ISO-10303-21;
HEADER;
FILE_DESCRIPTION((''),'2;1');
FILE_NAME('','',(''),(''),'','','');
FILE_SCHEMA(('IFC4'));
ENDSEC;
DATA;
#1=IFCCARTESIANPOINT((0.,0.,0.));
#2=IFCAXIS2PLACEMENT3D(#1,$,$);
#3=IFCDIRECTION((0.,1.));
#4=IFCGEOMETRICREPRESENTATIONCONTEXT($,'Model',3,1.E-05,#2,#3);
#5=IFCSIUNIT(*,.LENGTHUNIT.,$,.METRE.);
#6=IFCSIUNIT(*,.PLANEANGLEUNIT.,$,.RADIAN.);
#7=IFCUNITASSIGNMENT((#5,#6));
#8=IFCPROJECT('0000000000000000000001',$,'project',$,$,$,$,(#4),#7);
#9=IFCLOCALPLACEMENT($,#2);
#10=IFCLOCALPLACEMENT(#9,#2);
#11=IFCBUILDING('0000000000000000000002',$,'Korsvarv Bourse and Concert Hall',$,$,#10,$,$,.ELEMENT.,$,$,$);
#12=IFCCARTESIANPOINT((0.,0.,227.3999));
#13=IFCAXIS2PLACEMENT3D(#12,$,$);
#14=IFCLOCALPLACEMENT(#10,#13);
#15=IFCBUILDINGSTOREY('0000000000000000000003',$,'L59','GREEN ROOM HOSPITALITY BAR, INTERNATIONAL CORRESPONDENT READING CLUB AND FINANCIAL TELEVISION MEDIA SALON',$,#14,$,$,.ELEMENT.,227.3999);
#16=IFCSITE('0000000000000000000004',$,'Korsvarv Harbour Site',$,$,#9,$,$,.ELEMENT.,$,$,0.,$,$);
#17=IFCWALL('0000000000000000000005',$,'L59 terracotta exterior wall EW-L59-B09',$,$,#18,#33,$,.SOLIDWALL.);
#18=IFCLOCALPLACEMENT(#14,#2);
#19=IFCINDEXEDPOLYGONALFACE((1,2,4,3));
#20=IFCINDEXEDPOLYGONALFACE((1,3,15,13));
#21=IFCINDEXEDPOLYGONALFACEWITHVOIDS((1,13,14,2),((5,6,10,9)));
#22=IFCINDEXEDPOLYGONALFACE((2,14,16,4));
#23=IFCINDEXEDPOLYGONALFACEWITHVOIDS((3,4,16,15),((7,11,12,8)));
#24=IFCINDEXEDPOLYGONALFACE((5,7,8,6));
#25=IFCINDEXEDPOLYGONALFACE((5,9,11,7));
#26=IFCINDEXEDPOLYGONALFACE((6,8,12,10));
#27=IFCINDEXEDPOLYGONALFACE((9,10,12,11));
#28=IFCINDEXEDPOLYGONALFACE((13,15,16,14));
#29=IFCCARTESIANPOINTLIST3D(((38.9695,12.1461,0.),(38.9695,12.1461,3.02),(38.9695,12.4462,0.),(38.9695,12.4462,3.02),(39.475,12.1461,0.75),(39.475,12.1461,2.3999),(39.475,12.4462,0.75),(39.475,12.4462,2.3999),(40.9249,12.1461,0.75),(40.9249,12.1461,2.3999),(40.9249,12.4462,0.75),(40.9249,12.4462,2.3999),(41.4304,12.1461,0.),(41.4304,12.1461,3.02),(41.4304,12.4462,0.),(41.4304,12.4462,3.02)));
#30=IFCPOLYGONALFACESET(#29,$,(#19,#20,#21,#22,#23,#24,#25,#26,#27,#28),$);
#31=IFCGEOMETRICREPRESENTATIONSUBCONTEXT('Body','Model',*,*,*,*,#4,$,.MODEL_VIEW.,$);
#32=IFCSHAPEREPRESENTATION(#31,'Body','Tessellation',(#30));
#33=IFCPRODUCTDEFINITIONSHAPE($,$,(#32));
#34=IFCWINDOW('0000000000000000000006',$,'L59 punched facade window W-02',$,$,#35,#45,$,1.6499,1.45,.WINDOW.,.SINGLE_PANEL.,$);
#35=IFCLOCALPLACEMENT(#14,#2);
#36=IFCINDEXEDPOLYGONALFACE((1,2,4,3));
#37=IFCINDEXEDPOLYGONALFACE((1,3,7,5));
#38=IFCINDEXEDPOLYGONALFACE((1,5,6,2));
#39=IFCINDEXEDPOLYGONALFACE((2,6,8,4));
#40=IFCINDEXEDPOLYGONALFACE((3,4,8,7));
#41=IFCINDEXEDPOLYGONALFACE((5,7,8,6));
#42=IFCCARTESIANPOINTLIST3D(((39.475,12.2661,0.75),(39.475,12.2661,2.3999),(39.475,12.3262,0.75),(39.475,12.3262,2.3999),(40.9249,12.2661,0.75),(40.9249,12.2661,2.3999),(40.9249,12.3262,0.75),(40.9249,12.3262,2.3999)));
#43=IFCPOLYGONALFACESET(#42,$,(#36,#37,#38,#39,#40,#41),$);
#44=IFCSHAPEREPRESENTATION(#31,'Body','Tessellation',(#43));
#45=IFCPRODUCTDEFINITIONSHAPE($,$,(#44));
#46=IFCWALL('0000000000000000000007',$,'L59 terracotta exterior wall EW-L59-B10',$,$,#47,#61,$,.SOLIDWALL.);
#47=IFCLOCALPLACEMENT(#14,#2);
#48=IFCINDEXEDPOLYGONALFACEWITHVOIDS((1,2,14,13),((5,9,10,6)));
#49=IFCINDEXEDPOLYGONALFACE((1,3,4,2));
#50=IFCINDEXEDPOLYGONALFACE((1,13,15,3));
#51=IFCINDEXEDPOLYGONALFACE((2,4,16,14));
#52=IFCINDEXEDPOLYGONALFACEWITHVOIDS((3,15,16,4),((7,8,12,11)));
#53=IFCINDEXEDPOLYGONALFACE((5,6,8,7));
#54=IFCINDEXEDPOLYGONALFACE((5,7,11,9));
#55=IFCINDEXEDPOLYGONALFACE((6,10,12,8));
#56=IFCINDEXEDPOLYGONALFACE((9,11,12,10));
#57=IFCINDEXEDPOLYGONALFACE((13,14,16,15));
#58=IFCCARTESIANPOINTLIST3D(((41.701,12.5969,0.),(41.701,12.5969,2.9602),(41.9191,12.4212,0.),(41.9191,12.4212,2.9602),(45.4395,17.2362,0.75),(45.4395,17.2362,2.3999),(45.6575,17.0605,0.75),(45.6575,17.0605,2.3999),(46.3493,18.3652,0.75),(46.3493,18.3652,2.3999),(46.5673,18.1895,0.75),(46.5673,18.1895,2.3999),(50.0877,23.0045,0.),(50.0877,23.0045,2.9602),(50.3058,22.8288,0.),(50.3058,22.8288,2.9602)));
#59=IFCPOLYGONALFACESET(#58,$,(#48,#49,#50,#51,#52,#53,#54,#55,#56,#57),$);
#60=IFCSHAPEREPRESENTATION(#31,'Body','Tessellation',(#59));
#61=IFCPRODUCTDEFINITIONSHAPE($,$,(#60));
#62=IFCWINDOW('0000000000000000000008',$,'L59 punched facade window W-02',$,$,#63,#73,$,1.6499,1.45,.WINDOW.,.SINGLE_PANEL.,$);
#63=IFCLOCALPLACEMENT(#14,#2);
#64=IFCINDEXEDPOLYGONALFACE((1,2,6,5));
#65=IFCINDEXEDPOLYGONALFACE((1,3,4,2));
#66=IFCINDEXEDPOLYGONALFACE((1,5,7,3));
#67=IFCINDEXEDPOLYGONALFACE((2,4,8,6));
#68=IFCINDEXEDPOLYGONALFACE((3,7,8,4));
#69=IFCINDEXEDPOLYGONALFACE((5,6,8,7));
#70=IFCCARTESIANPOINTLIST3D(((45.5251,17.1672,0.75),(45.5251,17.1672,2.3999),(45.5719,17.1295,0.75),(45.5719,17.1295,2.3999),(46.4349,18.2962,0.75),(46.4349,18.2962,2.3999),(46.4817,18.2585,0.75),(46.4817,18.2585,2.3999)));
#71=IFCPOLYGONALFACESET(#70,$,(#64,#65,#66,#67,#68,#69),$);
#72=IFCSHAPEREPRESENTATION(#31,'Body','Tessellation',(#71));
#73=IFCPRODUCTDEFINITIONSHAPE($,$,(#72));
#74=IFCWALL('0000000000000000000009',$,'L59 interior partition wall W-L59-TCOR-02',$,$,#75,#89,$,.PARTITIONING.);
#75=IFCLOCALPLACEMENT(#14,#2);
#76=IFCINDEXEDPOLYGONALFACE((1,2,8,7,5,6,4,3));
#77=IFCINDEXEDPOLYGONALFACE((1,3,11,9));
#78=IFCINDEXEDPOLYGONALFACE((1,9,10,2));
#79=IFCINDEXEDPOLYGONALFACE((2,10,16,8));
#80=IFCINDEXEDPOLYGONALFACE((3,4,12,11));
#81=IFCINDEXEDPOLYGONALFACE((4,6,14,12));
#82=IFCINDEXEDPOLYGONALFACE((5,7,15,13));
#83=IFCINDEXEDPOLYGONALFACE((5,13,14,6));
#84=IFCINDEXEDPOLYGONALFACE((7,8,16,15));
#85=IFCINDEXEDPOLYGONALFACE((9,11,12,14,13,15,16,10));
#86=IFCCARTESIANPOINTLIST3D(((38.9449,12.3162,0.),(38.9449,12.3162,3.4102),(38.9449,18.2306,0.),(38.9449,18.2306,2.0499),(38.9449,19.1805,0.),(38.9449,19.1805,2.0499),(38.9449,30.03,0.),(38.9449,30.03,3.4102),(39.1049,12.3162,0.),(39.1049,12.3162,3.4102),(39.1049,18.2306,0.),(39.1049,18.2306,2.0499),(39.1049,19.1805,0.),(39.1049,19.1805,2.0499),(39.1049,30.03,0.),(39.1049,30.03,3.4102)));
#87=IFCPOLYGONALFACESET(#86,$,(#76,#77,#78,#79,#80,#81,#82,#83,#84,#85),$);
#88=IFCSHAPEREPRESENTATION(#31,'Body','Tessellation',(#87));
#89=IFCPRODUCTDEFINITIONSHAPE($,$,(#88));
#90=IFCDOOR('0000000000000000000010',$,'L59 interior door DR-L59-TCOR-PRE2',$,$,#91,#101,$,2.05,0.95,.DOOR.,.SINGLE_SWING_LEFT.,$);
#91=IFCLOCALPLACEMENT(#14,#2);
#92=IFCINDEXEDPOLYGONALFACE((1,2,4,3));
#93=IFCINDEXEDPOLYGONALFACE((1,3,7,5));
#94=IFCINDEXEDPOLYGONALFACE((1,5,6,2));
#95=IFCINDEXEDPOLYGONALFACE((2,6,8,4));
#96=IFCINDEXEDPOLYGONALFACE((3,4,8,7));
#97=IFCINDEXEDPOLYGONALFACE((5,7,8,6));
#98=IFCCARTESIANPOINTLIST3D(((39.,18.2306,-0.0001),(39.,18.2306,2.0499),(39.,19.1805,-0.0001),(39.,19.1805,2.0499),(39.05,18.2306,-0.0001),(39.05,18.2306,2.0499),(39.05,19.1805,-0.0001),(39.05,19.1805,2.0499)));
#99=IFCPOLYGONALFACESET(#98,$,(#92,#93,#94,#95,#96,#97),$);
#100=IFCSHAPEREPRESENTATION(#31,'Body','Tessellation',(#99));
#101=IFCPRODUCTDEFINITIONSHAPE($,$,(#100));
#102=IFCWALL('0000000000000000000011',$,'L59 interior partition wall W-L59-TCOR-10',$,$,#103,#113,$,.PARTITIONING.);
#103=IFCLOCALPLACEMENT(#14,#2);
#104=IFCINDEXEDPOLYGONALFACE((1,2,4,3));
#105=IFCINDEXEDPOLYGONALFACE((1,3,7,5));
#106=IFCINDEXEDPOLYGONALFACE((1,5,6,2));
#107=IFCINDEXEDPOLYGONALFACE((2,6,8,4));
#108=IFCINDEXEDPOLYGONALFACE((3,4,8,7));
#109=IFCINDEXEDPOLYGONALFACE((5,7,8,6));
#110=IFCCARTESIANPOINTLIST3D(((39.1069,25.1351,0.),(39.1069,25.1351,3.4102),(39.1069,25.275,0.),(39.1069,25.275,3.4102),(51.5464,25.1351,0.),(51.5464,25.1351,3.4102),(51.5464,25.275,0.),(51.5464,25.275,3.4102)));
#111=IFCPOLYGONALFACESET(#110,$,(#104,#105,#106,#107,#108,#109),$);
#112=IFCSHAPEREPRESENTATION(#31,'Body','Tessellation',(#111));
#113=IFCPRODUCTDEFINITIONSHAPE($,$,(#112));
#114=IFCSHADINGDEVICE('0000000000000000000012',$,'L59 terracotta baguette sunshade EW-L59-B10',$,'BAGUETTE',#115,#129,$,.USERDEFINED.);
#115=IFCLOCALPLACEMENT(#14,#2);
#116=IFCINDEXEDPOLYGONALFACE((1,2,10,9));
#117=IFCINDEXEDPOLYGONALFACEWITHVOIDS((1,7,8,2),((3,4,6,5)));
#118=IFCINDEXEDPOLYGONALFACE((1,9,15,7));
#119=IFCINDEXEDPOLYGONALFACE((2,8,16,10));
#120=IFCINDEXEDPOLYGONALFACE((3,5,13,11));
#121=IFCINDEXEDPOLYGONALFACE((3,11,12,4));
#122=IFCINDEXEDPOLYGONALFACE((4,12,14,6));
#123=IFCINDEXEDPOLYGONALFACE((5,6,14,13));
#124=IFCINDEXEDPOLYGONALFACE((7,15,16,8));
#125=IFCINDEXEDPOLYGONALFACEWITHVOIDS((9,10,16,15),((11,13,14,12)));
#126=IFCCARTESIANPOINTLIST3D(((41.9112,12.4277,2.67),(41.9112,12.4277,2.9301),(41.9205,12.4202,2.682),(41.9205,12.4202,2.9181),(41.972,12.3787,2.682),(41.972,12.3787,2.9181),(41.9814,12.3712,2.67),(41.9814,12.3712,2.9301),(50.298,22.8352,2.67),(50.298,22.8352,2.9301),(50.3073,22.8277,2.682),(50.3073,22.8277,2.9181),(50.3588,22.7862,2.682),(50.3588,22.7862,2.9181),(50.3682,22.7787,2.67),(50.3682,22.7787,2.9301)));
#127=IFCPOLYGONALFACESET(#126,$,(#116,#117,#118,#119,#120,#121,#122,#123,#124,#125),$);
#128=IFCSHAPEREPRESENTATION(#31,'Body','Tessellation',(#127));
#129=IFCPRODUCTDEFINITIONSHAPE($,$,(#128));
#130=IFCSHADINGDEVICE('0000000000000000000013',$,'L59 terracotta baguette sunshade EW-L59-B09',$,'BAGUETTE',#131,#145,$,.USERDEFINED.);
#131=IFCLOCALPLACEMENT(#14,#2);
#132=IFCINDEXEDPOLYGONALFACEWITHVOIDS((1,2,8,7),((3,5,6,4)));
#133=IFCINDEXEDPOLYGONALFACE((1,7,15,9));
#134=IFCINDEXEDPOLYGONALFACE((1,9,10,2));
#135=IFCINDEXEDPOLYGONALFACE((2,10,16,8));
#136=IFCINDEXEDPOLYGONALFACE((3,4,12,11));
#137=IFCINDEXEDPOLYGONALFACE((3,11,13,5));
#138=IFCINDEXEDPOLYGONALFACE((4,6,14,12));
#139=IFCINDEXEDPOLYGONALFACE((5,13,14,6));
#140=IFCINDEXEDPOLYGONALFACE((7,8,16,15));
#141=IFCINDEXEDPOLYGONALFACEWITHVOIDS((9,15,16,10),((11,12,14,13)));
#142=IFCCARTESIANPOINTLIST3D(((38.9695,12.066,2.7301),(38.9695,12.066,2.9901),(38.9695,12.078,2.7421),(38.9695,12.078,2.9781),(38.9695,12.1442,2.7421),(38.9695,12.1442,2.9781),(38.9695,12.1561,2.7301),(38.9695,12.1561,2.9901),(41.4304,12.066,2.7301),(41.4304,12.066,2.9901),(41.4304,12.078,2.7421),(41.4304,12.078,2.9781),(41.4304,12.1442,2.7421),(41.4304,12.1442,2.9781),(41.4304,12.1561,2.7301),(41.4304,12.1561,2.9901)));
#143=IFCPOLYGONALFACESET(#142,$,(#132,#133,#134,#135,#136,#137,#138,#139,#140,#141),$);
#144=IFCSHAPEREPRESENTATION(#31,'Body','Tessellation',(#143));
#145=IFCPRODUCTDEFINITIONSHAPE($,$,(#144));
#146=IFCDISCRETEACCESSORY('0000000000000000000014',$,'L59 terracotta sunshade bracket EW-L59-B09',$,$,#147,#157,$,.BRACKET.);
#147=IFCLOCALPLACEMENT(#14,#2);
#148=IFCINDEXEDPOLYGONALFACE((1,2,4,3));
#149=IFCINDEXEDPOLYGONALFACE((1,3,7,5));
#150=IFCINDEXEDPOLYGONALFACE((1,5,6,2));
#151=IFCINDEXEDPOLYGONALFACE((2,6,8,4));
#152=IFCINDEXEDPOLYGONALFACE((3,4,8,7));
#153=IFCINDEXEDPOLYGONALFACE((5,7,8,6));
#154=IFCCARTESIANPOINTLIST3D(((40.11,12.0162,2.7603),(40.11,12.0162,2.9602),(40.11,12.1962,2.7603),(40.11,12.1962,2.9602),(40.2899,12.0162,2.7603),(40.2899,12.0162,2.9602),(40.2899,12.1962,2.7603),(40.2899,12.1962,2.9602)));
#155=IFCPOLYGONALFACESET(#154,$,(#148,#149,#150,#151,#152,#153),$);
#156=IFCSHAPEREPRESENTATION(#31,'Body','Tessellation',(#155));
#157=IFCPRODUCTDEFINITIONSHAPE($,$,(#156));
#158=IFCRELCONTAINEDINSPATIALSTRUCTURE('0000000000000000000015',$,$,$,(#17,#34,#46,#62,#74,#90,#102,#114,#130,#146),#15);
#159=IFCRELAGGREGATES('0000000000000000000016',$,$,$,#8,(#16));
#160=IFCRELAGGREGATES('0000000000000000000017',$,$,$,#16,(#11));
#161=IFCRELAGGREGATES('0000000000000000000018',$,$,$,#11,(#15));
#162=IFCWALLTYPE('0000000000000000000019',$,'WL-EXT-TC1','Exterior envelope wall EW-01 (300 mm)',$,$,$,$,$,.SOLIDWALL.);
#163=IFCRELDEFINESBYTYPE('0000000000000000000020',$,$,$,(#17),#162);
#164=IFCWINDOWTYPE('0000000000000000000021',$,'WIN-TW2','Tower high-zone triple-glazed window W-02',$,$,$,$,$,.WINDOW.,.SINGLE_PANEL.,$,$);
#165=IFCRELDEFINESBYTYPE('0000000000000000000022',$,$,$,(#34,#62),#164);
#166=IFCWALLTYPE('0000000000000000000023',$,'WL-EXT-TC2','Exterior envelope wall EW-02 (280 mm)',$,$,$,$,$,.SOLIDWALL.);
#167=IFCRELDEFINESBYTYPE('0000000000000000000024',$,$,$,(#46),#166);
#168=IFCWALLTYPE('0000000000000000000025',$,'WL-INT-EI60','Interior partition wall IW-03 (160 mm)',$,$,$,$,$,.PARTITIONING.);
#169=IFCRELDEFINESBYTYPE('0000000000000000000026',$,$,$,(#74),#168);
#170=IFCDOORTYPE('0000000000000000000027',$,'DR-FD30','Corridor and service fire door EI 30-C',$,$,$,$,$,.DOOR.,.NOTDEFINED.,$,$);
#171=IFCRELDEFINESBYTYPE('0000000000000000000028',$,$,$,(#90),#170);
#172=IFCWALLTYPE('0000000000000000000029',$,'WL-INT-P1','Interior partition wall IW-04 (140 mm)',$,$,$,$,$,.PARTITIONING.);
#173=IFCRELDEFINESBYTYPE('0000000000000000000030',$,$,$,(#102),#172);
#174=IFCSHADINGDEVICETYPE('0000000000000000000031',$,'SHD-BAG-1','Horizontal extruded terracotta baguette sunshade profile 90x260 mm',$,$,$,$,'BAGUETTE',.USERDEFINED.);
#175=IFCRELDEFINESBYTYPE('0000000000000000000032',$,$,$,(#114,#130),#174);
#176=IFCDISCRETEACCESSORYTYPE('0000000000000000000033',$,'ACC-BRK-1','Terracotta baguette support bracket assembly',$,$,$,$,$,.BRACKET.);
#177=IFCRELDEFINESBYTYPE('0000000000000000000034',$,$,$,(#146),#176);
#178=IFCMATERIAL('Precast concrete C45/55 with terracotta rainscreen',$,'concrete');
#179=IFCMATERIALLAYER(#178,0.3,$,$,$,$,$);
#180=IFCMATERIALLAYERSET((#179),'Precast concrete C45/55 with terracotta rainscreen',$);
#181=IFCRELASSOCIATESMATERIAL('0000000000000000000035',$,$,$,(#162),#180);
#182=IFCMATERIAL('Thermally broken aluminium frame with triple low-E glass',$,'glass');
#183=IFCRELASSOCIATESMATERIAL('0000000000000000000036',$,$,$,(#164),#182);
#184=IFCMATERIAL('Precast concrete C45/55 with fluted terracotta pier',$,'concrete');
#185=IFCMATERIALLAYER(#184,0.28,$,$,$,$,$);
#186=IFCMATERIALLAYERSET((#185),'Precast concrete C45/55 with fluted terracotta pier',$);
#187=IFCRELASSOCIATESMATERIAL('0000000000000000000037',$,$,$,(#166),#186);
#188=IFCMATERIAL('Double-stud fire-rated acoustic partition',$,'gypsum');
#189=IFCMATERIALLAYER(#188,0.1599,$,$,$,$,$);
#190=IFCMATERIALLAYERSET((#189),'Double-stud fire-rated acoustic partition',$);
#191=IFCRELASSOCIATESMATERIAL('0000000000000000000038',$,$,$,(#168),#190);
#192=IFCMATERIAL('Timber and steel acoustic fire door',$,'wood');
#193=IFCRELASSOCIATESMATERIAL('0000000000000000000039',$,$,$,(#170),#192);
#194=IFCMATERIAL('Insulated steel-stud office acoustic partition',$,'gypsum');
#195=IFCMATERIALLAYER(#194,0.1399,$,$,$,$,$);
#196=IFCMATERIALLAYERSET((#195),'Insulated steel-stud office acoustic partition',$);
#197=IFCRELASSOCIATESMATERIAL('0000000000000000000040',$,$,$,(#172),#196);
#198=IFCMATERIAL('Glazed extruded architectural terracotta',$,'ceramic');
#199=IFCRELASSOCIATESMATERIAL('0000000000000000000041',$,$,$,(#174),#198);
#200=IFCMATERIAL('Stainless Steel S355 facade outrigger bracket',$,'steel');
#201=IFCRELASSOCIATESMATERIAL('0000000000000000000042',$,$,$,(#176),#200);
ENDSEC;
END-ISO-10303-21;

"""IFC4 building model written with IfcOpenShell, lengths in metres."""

from ifc_helpers import new_model, si_unit, direction, frame, frame_2d, origin, origin_2d, place, context, subcontext, project, spatial, rectangle, hollow_rectangle, extrude, source, transform, mapped, material, layer, layer_set, material_profile, profile_set, type_object, element, fill, save


model = new_model("IFC4")

# Units and contexts
model_context = context("Model", 3, precision=1e-05, world=origin(), true_north=direction((0.0, 1.0)))
body_context = subcontext(model_context, "Body", "Model", "MODEL_VIEW")
ifc_project = project(units=[si_unit("LENGTHUNIT", "METRE"), si_unit("PLANEANGLEUNIT", "RADIAN")], contexts=[model_context])

# Site, building, storey
site_placement = place(None, origin())
site = spatial("IfcSite", under=ifc_project, at=site_placement, Name="Korsvarv Harbour Site", CompositionType="ELEMENT", RefElevation=0.0)
building_placement = place(site_placement, origin())
building = spatial("IfcBuilding", under=site, at=building_placement, Name="Korsvarv Bourse and Concert Hall", CompositionType="ELEMENT")
storey_placement = place(building_placement, frame((0.0, 0.0, 227.3999)))
storey = spatial("IfcBuildingStorey", under=building, at=storey_placement, Name="L59", Description="GREEN ROOM HOSPITALITY BAR, INTERNATIONAL CORRESPONDENT READING CLUB AND FINANCIAL TELEVISION MEDIA SALON", CompositionType="ELEMENT", Elevation=227.3999)

# Walls, openings, windows
ifc_material_1 = material(Name="Precast concrete C45/55 with terracotta rainscreen", Category="concrete")
ifc_layer_1 = layer(ifc_material_1, 0.3)
ifc_layer_set_1 = layer_set([ifc_layer_1], Name="Precast concrete C45/55 with terracotta rainscreen")
wall_type_1 = type_object("IfcWallType", Name="WL-EXT-TC1", Description="Exterior envelope wall EW-01 (300 mm)", PredefinedType="SOLIDWALL", material=ifc_layer_set_1)
wall_1_placement = place(storey_placement, frame((38.9695, 12.2961, 0.0), z_axis=(0.0, 0.0, 1.0), x_axis=(1.0, 0.0, 0.0)))
wall_1 = element("IfcWall", 1, at=wall_1_placement, inside=storey, type_object=wall_type_1, Name="L59 terracotta exterior wall EW-L59-B09", PredefinedType="SOLIDWALL", context=body_context, shape_type="SweptSolid", body=[
    extrude(rectangle(XDim=2.4609, YDim=0.3, at=frame_2d((1.2305, 0.0))), origin(), (0.0, 0.0, 1.0), 3.02),
])
opening_1_placement = place(wall_1_placement, frame((0.5054, 0.0, 0.75)))
opening_1 = element("IfcOpeningElement", 2, at=opening_1_placement, cuts=wall_1, PredefinedType="OPENING", context=body_context, shape_type="SweptSolid", body=[
    extrude(rectangle(XDim=1.45, YDim=1.6499, at=frame_2d((0.7251, 0.825))), frame((0.0, 0.1602, 0.0), z_axis=(0.0, -1.0, 0.0), x_axis=(1.0, 0.0, 0.0)), (0.0, 0.0, 1.0), 0.3201),
])
ifc_material_2 = material(Name="Thermally broken aluminium frame with triple low-E glass", Category="glass")
window_type = type_object("IfcWindowType", Name="WIN-TW2", Description="Tower high-zone triple-glazed window W-02", PartitioningType="SINGLE_PANEL", PredefinedType="WINDOW", material=ifc_material_2)
window_1_placement = place(opening_1_placement, origin())
window_1 = element("IfcWindow", 3, at=window_1_placement, inside=storey, type_object=window_type, Name="L59 punched facade window W-02", OverallHeight=1.6499, OverallWidth=1.45, PartitioningType="SINGLE_PANEL", PredefinedType="WINDOW", context=body_context, shape_type="SweptSolid", body=[
    extrude(rectangle(XDim=1.45, YDim=1.6499, at=frame_2d((0.7251, 0.825))), frame((0.0, 0.03, 0.0), z_axis=(0.0, -1.0, 0.0), x_axis=(1.0, 0.0, 0.0)), (0.0, 0.0, 1.0), 0.0601),
])
fill(opening_1, window_1)
ifc_material_3 = material(Name="Precast concrete C45/55 with fluted terracotta pier", Category="concrete")
ifc_layer_2 = layer(ifc_material_3, 0.28)
ifc_layer_set_2 = layer_set([ifc_layer_2], Name="Precast concrete C45/55 with fluted terracotta pier")
wall_type_2 = type_object("IfcWallType", Name="WL-EXT-TC2", Description="Exterior envelope wall EW-02 (280 mm)", PredefinedType="SOLIDWALL", material=ifc_layer_set_2)
wall_2_placement = place(storey_placement, frame((41.8101, 12.509, 0.0), z_axis=(0.0, 0.0, 1.0), x_axis=(0.627453, 0.778654, 0.0)))
wall_2 = element("IfcWall", 4, at=wall_2_placement, inside=storey, type_object=wall_type_2, Name="L59 terracotta exterior wall EW-L59-B10", PredefinedType="SOLIDWALL", context=body_context, shape_type="SweptSolid", body=[
    extrude(rectangle(XDim=13.3662, YDim=0.28, at=frame_2d((6.6831, 0.0))), origin(), (0.0, 0.0, 1.0), 2.9602),
])
opening_2_placement = place(wall_2_placement, frame((5.958, 0.0, 0.75)))
opening_2 = element("IfcOpeningElement", 5, at=opening_2_placement, cuts=wall_2, PredefinedType="OPENING", context=body_context, shape_type="SweptSolid", body=[
    extrude(rectangle(XDim=1.45, YDim=1.6499, at=frame_2d((0.7251, 0.825))), frame((0.0, 0.1499, 0.0), z_axis=(0.0, -1.0, 0.0), x_axis=(1.0, 0.0, 0.0)), (0.0, 0.0, 1.0), 0.3),
])
window_2_placement = place(opening_2_placement, origin())
window_2 = element("IfcWindow", 6, at=window_2_placement, inside=storey, type_object=window_type, Name="L59 punched facade window W-02", OverallHeight=1.6499, OverallWidth=1.45, PartitioningType="SINGLE_PANEL", PredefinedType="WINDOW", context=body_context, shape_type="SweptSolid", body=[
    extrude(rectangle(XDim=1.45, YDim=1.6499, at=frame_2d((0.7251, 0.825))), frame((0.0, 0.03, 0.0), z_axis=(0.0, -1.0, 0.0), x_axis=(1.0, 0.0, 0.0)), (0.0, 0.0, 1.0), 0.0601),
])
fill(opening_2, window_2)

# Wall, opening, door
ifc_material_4 = material(Name="Double-stud fire-rated acoustic partition", Category="gypsum")
ifc_layer_3 = layer(ifc_material_4, 0.1599)
ifc_layer_set_3 = layer_set([ifc_layer_3], Name="Double-stud fire-rated acoustic partition")
wall_type_3 = type_object("IfcWallType", Name="WL-INT-EI60", Description="Interior partition wall IW-03 (160 mm)", PredefinedType="PARTITIONING", material=ifc_layer_set_3)
wall_3_placement = place(storey_placement, frame((39.0249, 12.3162, 0.0), z_axis=(0.0, 0.0, 1.0), x_axis=(0.0, 1.0, 0.0)))
wall_3 = element("IfcWall", 7, at=wall_3_placement, inside=storey, type_object=wall_type_3, Name="L59 interior partition wall W-L59-TCOR-02", PredefinedType="PARTITIONING", context=body_context, shape_type="SweptSolid", body=[
    extrude(rectangle(XDim=17.7139, YDim=0.1599, at=frame_2d((8.8569, 0.0))), origin(), (0.0, 0.0, 1.0), 3.4102),
])
opening_3_placement = place(wall_3_placement, frame((5.9143, 0.0, 0.0)))
opening_3 = element("IfcOpeningElement", 8, at=opening_3_placement, cuts=wall_3, PredefinedType="OPENING", context=body_context, shape_type="SweptSolid", body=[
    extrude(rectangle(XDim=0.95, YDim=2.05, at=frame_2d((0.4751, 1.0249))), frame((0.0, 0.0898, 0.0), z_axis=(0.0, -1.0, 0.0), x_axis=(1.0, 0.0, 0.0)), (0.0, 0.0, 1.0), 0.1799),
])
ifc_material_5 = material(Name="Timber and steel acoustic fire door", Category="wood")
door_type = type_object("IfcDoorType", Name="DR-FD30", Description="Corridor and service fire door EI 30-C", OperationType="NOTDEFINED", PredefinedType="DOOR", material=ifc_material_5)
door_placement = place(opening_3_placement, origin())
door = element("IfcDoor", 9, at=door_placement, inside=storey, type_object=door_type, Name="L59 interior door DR-L59-TCOR-PRE2", OperationType="SINGLE_SWING_LEFT", OverallHeight=2.05, OverallWidth=0.95, PredefinedType="DOOR", context=body_context, shape_type="SweptSolid", body=[
    extrude(rectangle(XDim=0.95, YDim=2.05, at=frame_2d((0.4751, 1.0249))), frame((0.0, 0.0249, 0.0), z_axis=(0.0, -1.0, 0.0), x_axis=(1.0, 0.0, 0.0)), (0.0, 0.0, 1.0), 0.05),
])
fill(opening_3, door)

# Wall
ifc_material_6 = material(Name="Insulated steel-stud office acoustic partition", Category="gypsum")
ifc_layer_4 = layer(ifc_material_6, 0.1399)
ifc_layer_set_4 = layer_set([ifc_layer_4], Name="Insulated steel-stud office acoustic partition")
wall_type_4 = type_object("IfcWallType", Name="WL-INT-P1", Description="Interior partition wall IW-04 (140 mm)", PredefinedType="PARTITIONING", material=ifc_layer_set_4)
wall_4_placement = place(storey_placement, frame((39.1069, 25.2051, 0.0), z_axis=(0.0, 0.0, 1.0), x_axis=(1.0, 0.0, 0.0)))
element("IfcWall", 10, at=wall_4_placement, inside=storey, type_object=wall_type_4, Name="L59 interior partition wall W-L59-TCOR-10", PredefinedType="PARTITIONING", context=body_context, shape_type="SweptSolid", body=[
    extrude(rectangle(XDim=12.4395, YDim=0.1399, at=frame_2d((6.2197, 0.0))), origin(), (0.0, 0.0, 1.0), 3.4102),
])

# Shading devices
ifc_material_7 = material(Name="Glazed extruded architectural terracotta", Category="ceramic")
ifc_material_profile_1 = material_profile(ifc_material_7, hollow_rectangle(XDim=0.0901, YDim=0.26, WallThickness=0.012, at=origin_2d()), Name="TC-BAG 90x260")
ifc_profile_set_1 = profile_set([ifc_material_profile_1], Name="Glazed extruded architectural terracotta")
shading_device_type = type_object("IfcShadingDeviceType", Name="SHD-BAG-1", Description="Horizontal extruded terracotta baguette sunshade profile 90x260 mm", ElementType="BAGUETTE", PredefinedType="USERDEFINED", material=ifc_profile_set_1)
shared_shape_1 = source(origin(), body_context, "Body", "SweptSolid", [
    extrude(hollow_rectangle(XDim=0.0901, YDim=0.26, WallThickness=0.012, at=origin_2d()), origin(), (0.0, 0.0, 1.0), 13.3662),
])
shading_device_1_placement = place(storey_placement, frame((41.9463, 12.3994, 2.8), z_axis=(0.627462, 0.778647, 0.0), x_axis=(-0.778647, 0.627462, 0.0)))
element("IfcShadingDevice", 11, at=shading_device_1_placement, inside=storey, type_object=shading_device_type, Name="L59 terracotta baguette sunshade EW-L59-B10", ObjectType="BAGUETTE", PredefinedType="USERDEFINED", context=body_context, shape_type="MappedRepresentation", body=[
    mapped(shared_shape_1, transform((0.0, 0.0, 0.0), scale=1.0)),
])
shared_shape_2 = source(origin(), body_context, "Body", "SweptSolid", [
    extrude(hollow_rectangle(XDim=0.0901, YDim=0.26, WallThickness=0.012, at=origin_2d()), origin(), (0.0, 0.0, 1.0), 2.4609),
])
shading_device_2_placement = place(storey_placement, frame((38.9695, 12.1111, 2.8601), z_axis=(1.0, 0.0, 0.0), x_axis=(0.0, 1.0, 0.0)))
element("IfcShadingDevice", 12, at=shading_device_2_placement, inside=storey, type_object=shading_device_type, Name="L59 terracotta baguette sunshade EW-L59-B09", ObjectType="BAGUETTE", PredefinedType="USERDEFINED", context=body_context, shape_type="MappedRepresentation", body=[
    mapped(shared_shape_2, transform((0.0, 0.0, 0.0), scale=1.0)),
])

# Discrete accessory
ifc_material_8 = material(Name="Stainless Steel S355 facade outrigger bracket", Category="steel")
discrete_accessory_type = type_object("IfcDiscreteAccessoryType", Name="ACC-BRK-1", Description="Terracotta baguette support bracket assembly", PredefinedType="BRACKET", material=ifc_material_8)
shared_shape_3 = source(origin(), body_context, "Body", "SweptSolid", [
    extrude(rectangle(XDim=0.1799, YDim=0.1799, at=origin_2d()), origin(), (0.0, 0.0, 1.0), 0.2),
])
for number, where, z_axis, x_axis, name in (
    (13, (40.2, 12.1062, 2.7603), (0.0, 0.0, 1.0), (1.0, 0.0, 0.0), "L59 terracotta sunshade bracket EW-L59-B09"),
):
    element("IfcDiscreteAccessory", number, at=place(storey_placement, frame(where, z_axis=z_axis, x_axis=x_axis)), inside=storey, type_object=discrete_accessory_type, Name=name, PredefinedType="BRACKET", context=body_context, shape_type="MappedRepresentation", body=[
        mapped(shared_shape_3, transform((0.0, 0.0, 0.0), scale=1.0)),
    ])

save(model, "model.ifc")
